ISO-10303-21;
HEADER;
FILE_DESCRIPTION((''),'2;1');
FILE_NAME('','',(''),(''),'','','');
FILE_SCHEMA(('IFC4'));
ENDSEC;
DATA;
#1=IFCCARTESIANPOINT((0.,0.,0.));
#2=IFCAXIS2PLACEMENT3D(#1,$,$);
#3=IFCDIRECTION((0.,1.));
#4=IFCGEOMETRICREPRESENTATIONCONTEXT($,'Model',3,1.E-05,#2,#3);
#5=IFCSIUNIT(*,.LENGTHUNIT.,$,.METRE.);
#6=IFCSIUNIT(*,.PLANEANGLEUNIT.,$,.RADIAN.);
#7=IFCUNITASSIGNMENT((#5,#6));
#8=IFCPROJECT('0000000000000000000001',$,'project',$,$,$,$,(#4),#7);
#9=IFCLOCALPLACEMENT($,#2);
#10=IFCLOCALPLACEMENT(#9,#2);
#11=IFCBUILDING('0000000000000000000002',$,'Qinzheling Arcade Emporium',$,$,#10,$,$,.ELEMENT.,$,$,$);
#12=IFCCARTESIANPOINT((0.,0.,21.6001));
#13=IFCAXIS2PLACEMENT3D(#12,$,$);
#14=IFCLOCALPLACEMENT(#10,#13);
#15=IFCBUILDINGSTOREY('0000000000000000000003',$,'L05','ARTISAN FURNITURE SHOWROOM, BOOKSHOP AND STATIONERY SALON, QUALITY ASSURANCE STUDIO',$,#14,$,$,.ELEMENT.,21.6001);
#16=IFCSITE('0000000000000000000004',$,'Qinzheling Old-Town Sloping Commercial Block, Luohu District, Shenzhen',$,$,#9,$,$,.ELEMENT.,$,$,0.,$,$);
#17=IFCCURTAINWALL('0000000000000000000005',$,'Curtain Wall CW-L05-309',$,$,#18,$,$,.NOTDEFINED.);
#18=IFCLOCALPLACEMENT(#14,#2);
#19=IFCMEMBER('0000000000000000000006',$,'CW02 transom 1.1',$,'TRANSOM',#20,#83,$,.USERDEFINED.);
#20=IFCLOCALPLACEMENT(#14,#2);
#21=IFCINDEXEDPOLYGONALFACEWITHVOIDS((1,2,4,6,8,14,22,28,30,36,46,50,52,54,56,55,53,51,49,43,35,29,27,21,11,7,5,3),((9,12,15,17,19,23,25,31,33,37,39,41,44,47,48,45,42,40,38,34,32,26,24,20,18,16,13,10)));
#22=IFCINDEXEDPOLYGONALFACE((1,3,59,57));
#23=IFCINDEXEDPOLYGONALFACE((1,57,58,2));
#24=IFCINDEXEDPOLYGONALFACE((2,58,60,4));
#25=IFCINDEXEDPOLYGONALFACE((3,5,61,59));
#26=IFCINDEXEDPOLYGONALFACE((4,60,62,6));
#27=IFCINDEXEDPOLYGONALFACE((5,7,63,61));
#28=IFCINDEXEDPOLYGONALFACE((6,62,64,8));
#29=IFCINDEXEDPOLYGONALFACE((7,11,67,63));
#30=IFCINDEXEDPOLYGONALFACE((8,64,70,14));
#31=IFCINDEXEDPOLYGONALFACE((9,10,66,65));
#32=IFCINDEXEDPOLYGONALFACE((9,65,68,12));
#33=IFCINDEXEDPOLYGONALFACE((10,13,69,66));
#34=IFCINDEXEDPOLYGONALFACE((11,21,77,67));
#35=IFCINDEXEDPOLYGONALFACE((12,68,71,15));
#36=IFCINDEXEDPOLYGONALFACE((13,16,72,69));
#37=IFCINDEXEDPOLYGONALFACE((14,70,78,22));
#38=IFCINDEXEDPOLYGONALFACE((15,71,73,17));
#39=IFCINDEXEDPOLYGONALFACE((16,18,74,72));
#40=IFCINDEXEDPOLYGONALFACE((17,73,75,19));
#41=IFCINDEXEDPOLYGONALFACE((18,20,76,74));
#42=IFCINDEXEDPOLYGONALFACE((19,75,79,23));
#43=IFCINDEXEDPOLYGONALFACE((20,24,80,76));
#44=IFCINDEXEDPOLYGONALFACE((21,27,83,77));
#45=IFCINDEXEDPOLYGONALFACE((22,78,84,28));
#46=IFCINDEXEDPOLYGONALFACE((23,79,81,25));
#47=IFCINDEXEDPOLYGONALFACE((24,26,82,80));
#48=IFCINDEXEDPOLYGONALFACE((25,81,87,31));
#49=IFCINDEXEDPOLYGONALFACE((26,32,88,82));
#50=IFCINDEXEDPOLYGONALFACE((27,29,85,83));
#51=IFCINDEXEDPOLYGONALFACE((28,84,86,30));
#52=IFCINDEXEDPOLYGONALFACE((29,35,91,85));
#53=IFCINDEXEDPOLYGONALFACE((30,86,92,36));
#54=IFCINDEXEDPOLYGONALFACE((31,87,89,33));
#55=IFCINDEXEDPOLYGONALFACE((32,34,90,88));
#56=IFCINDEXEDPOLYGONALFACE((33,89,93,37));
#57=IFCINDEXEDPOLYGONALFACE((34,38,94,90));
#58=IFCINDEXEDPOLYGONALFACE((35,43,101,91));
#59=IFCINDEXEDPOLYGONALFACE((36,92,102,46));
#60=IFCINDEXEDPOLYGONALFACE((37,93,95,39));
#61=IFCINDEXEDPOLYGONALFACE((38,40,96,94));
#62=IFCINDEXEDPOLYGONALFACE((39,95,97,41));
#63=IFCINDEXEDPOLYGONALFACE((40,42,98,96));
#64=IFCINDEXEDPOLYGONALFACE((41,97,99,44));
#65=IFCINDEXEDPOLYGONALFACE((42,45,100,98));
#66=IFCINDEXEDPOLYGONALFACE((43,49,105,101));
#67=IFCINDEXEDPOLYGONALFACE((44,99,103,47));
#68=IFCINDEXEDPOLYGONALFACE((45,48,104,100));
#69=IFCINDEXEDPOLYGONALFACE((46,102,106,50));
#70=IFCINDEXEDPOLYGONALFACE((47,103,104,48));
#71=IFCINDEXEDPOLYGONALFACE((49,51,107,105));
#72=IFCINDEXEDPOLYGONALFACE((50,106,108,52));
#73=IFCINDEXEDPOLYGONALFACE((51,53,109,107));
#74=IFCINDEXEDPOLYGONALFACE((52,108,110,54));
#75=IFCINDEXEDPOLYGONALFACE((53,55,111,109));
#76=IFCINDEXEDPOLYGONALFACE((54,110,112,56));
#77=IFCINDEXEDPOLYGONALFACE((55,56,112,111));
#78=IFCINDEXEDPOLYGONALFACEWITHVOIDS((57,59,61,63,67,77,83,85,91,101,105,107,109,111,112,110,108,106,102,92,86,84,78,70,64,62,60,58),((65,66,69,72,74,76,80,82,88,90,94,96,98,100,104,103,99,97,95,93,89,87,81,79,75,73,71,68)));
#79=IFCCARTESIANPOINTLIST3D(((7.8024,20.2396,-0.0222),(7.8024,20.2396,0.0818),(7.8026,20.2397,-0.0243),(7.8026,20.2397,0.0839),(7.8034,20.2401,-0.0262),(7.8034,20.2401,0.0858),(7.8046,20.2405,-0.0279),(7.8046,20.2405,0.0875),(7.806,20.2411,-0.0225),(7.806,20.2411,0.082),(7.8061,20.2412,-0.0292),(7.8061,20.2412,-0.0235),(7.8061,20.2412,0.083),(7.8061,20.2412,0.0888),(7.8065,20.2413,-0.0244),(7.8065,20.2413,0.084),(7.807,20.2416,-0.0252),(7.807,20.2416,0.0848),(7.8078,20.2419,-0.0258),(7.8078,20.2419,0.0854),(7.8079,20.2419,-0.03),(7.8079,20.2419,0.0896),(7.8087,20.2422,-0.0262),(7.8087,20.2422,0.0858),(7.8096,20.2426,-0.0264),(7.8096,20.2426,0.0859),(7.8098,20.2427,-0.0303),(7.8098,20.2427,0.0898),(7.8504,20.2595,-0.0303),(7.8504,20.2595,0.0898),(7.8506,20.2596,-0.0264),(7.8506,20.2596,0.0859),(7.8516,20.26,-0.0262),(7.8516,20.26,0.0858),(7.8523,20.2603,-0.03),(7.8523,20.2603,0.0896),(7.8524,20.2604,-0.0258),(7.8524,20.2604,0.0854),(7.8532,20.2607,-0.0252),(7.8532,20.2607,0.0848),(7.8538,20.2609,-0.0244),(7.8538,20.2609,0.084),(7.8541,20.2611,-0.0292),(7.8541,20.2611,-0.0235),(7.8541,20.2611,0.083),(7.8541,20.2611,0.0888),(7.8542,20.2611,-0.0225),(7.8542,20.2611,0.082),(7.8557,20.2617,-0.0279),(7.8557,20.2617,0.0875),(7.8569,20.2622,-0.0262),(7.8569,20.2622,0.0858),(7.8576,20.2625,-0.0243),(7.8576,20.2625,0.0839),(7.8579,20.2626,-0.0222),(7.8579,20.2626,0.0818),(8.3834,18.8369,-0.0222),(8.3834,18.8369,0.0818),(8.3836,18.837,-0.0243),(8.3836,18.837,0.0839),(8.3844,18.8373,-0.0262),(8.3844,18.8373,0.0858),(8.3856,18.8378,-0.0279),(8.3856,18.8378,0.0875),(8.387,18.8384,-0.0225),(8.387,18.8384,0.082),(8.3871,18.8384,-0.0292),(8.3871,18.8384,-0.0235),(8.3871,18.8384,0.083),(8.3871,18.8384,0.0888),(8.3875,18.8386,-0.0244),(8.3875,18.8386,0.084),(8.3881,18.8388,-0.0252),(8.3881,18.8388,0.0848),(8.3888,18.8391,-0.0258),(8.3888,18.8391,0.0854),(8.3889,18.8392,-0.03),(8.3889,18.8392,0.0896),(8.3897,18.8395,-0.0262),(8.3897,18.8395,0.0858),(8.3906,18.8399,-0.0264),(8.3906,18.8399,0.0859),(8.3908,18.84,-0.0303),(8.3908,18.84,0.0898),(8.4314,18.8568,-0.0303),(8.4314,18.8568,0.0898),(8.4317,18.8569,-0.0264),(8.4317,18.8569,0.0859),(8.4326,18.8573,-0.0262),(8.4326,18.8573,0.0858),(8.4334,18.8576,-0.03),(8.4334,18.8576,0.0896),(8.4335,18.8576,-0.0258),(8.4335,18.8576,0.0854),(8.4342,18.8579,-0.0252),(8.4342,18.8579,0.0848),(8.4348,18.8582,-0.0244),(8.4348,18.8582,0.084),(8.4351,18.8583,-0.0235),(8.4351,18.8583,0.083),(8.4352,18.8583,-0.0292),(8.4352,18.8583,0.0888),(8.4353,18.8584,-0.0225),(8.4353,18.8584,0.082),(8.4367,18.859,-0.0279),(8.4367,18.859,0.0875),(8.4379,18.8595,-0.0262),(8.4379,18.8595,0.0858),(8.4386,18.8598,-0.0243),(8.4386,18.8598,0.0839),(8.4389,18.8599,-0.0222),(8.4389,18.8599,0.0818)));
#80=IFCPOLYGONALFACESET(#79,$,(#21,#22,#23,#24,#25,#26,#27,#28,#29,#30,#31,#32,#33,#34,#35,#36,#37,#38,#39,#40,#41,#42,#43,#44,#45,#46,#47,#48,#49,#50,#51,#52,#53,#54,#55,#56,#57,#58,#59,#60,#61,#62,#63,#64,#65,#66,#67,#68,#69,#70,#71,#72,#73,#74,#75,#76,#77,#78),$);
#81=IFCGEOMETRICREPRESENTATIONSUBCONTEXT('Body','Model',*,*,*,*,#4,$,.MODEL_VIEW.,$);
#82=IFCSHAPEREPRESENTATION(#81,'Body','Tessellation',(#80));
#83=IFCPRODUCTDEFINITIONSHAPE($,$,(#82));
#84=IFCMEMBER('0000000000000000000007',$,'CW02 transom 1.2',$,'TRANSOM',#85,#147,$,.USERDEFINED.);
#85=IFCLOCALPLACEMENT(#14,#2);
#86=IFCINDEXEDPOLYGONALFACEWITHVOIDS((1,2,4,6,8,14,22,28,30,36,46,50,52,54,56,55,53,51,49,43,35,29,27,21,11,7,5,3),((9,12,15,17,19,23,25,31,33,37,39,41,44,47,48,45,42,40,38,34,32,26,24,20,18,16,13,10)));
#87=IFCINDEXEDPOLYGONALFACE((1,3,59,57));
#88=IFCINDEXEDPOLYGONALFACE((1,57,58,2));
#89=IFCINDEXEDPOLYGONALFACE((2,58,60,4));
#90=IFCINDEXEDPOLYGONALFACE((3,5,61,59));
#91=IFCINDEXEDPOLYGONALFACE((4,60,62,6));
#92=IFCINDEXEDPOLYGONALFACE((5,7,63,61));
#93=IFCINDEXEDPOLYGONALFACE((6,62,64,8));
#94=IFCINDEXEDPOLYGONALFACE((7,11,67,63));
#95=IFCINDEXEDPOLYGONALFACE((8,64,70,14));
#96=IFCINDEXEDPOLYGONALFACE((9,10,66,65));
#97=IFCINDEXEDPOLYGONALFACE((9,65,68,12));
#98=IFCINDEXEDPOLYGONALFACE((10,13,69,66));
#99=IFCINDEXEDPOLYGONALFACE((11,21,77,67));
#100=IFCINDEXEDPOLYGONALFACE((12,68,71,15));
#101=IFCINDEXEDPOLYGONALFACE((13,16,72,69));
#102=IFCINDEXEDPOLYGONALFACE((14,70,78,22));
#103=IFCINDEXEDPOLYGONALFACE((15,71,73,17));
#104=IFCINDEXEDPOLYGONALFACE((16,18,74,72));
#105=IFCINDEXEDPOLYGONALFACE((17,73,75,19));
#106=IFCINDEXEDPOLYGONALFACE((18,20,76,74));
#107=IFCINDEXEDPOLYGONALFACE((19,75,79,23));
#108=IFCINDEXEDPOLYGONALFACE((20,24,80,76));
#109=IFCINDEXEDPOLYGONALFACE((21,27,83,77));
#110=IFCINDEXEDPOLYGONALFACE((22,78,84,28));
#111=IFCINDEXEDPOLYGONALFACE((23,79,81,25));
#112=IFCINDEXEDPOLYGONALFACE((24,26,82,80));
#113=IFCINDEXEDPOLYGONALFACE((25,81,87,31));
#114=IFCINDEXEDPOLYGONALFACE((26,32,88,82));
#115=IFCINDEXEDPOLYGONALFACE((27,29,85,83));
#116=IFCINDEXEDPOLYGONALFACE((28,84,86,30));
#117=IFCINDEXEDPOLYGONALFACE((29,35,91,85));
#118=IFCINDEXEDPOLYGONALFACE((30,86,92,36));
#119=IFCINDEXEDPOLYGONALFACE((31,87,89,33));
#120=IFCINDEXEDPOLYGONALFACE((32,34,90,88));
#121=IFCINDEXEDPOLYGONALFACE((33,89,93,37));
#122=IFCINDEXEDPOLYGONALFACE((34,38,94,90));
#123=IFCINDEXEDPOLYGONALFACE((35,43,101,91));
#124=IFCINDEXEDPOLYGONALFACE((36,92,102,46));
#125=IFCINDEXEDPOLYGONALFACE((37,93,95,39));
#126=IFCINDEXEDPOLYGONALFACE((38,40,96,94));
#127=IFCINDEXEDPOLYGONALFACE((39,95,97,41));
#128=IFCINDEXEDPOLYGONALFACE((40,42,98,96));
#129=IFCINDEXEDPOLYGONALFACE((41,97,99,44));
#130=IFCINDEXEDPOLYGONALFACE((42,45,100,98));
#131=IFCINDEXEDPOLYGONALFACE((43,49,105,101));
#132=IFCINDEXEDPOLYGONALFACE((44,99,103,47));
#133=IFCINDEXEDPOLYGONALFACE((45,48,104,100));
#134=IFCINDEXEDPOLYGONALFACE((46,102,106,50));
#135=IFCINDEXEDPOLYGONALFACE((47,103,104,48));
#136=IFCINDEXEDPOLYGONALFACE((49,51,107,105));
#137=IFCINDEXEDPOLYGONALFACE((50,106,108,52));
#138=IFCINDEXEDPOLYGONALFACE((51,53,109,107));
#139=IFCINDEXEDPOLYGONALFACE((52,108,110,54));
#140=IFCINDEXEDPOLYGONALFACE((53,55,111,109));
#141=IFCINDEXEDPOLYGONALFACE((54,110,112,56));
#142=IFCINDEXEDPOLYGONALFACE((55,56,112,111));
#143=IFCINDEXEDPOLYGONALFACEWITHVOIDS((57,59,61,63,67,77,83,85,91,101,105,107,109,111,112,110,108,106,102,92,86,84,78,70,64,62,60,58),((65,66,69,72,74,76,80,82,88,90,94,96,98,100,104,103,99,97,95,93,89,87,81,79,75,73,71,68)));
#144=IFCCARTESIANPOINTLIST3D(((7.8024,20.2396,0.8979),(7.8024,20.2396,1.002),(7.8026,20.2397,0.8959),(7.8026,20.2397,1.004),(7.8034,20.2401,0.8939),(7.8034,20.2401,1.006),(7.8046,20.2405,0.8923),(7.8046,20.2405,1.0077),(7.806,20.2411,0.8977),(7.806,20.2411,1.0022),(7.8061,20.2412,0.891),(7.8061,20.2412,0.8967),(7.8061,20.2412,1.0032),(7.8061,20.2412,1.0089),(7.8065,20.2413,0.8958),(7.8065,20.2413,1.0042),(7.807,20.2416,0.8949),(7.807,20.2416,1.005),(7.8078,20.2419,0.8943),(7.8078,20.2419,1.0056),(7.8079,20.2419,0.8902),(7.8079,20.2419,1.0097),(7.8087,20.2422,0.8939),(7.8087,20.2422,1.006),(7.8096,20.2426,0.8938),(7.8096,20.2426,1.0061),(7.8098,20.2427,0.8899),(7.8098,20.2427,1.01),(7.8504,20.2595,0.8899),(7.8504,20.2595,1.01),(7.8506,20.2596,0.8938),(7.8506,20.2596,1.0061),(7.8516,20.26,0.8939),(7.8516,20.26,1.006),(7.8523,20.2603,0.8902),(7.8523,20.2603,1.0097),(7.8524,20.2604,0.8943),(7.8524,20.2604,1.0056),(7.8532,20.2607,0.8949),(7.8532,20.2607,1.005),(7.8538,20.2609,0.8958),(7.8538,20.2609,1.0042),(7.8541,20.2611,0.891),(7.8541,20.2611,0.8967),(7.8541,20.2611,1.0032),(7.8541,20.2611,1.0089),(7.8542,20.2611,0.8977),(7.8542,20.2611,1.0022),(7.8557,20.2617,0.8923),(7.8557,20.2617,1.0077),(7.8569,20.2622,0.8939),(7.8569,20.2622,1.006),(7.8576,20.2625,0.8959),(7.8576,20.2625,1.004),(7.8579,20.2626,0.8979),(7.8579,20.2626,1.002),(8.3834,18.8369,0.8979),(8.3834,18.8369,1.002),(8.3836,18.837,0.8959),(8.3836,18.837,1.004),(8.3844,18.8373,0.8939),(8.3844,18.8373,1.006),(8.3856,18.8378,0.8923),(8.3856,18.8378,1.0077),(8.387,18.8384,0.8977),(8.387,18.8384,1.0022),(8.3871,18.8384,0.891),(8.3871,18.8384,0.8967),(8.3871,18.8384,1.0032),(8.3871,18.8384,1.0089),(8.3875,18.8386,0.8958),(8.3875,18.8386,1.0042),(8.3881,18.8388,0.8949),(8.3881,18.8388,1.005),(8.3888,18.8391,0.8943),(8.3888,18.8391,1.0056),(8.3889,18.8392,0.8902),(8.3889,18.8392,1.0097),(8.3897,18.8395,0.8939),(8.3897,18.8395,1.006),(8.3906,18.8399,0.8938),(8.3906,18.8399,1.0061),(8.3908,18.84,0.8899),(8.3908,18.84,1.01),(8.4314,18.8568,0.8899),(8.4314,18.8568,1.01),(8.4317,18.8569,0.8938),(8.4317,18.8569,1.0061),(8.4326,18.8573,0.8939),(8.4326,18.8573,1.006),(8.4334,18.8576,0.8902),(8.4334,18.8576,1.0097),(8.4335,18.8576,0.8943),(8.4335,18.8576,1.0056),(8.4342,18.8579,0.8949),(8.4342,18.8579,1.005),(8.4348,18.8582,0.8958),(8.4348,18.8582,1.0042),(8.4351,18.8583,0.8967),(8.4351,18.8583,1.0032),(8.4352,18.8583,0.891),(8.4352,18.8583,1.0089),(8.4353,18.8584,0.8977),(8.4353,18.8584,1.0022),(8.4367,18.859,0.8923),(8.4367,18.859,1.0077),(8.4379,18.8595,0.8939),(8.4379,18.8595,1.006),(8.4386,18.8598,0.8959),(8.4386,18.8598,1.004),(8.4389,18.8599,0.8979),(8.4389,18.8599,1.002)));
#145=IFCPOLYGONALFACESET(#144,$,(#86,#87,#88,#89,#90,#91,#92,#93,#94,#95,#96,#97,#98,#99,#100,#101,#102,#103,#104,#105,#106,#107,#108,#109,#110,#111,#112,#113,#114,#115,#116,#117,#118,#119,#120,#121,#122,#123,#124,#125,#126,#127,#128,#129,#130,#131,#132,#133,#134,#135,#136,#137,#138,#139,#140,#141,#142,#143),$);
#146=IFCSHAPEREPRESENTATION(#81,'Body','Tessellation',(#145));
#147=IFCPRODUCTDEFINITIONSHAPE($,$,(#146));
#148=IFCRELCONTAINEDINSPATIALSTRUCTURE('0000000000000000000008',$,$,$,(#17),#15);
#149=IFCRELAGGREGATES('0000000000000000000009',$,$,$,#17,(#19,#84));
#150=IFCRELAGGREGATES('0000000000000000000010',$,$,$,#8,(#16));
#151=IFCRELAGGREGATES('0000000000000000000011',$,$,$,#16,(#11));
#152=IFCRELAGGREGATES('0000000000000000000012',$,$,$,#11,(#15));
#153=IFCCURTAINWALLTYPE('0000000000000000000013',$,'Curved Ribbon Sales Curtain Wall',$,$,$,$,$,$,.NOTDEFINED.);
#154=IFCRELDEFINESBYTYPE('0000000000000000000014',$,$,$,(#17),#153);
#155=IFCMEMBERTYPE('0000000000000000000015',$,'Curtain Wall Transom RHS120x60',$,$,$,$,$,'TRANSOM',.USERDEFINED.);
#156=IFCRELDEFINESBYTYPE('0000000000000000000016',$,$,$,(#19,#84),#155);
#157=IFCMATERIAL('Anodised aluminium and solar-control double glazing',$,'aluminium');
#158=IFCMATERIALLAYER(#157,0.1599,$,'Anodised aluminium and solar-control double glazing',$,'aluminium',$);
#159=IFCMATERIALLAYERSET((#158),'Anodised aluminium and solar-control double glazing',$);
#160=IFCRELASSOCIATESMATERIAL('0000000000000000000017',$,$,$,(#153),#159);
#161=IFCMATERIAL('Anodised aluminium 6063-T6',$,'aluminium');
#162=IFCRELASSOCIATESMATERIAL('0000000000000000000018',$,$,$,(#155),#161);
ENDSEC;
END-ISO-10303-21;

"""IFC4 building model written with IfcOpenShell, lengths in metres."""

from ifc_helpers import new_model, si_unit, direction, frame, origin, origin_2d, place, context, subcontext, project, spatial, hollow_rectangle, extrude, material, layer, layer_set, material_profile, profile_set, type_object, element, aggregate, save


model = new_model("IFC4")

# Units and contexts
model_context = context("Model", 3, precision=1e-05, world=origin(), true_north=direction((0.0, 1.0)))
body_context = subcontext(model_context, "Body", "Model", "MODEL_VIEW")
ifc_project = project(units=[si_unit("LENGTHUNIT", "METRE"), si_unit("PLANEANGLEUNIT", "RADIAN")], contexts=[model_context])

# Site, building, storey
site_placement = place(None, origin())
site = spatial("IfcSite", under=ifc_project, at=site_placement, Name="Qinzheling Old-Town Sloping Commercial Block, Luohu District, Shenzhen", CompositionType="ELEMENT", RefElevation=0.0)
building_placement = place(site_placement, origin())
building = spatial("IfcBuilding", under=site, at=building_placement, Name="Qinzheling Arcade Emporium", CompositionType="ELEMENT")
storey_placement = place(building_placement, frame((0.0, 0.0, 21.6001)))
storey = spatial("IfcBuildingStorey", under=building, at=storey_placement, Name="L05", Description="ARTISAN FURNITURE SHOWROOM, BOOKSHOP AND STATIONERY SALON, QUALITY ASSURANCE STUDIO", CompositionType="ELEMENT", Elevation=21.6001)

# Shared definitions
ifc_material_1 = material(Name="Anodised aluminium and solar-control double glazing", Category="aluminium")
ifc_layer_1 = layer(ifc_material_1, 0.1599, Name="Anodised aluminium and solar-control double glazing", Category="aluminium")
ifc_layer_set_1 = layer_set([ifc_layer_1], Name="Anodised aluminium and solar-control double glazing")
curtain_wall_type = type_object("IfcCurtainWallType", Name="Curved Ribbon Sales Curtain Wall", PredefinedType="NOTDEFINED", material=ifc_layer_set_1)
ifc_material_2 = material(Name="Anodised aluminium 6063-T6", Category="aluminium")

# Curtain wall
curtain_wall_1_placement = place(storey_placement, origin())
curtain_wall_1 = element("IfcCurtainWall", 1, at=curtain_wall_1_placement, inside=storey, type_object=curtain_wall_type, Name="Curtain Wall CW-L05-309", PredefinedType="NOTDEFINED")

# Members
ifc_material_profile_1 = material_profile(ifc_material_2, hollow_rectangle(XDim=0.0601, YDim=0.1201, WallThickness=0.0039, InnerFilletRadius=0.0039, OuterFilletRadius=0.0081, at=origin_2d()), Name="RHS 120x60x4", Category="aluminium")
ifc_profile_set_1 = profile_set([ifc_material_profile_1], Name="Anodised aluminium 6063-T6")
member_type_1 = type_object("IfcMemberType", Name="Curtain Wall Transom RHS120x60", ElementType="TRANSOM", PredefinedType="USERDEFINED", material=ifc_profile_set_1)
member_1_placement = place(storey_placement, frame((8.4111, 18.8484, 0.0298), z_axis=(-0.382674, 0.923884, 0.0), x_axis=(-0.923884, -0.382674, 0.0)))
member_1 = element("IfcMember", 2, at=member_1_placement, type_object=member_type_1, Name="CW02 transom 1.1", ObjectType="TRANSOM", PredefinedType="USERDEFINED", context=body_context, shape_type="SweptSolid", body=[
    extrude(hollow_rectangle(XDim=0.0601, YDim=0.1201, WallThickness=0.0039, InnerFilletRadius=0.0039, OuterFilletRadius=0.0081, at=origin_2d()), origin(), (0.0, 0.0, 1.0), 1.5183),
])
member_2_placement = place(storey_placement, frame((8.4111, 18.8484, 0.95), z_axis=(-0.382674, 0.923884, 0.0), x_axis=(-0.923884, -0.382674, 0.0)))
member_2 = element("IfcMember", 3, at=member_2_placement, type_object=member_type_1, Name="CW02 transom 1.2", ObjectType="TRANSOM", PredefinedType="USERDEFINED", context=body_context, shape_type="SweptSolid", body=[
    extrude(hollow_rectangle(XDim=0.0601, YDim=0.1201, WallThickness=0.0039, InnerFilletRadius=0.0039, OuterFilletRadius=0.0081, at=origin_2d()), origin(), (0.0, 0.0, 1.0), 1.5183),
])
aggregate(curtain_wall_1, [member_1, member_2])

save(model, "model.ifc")
